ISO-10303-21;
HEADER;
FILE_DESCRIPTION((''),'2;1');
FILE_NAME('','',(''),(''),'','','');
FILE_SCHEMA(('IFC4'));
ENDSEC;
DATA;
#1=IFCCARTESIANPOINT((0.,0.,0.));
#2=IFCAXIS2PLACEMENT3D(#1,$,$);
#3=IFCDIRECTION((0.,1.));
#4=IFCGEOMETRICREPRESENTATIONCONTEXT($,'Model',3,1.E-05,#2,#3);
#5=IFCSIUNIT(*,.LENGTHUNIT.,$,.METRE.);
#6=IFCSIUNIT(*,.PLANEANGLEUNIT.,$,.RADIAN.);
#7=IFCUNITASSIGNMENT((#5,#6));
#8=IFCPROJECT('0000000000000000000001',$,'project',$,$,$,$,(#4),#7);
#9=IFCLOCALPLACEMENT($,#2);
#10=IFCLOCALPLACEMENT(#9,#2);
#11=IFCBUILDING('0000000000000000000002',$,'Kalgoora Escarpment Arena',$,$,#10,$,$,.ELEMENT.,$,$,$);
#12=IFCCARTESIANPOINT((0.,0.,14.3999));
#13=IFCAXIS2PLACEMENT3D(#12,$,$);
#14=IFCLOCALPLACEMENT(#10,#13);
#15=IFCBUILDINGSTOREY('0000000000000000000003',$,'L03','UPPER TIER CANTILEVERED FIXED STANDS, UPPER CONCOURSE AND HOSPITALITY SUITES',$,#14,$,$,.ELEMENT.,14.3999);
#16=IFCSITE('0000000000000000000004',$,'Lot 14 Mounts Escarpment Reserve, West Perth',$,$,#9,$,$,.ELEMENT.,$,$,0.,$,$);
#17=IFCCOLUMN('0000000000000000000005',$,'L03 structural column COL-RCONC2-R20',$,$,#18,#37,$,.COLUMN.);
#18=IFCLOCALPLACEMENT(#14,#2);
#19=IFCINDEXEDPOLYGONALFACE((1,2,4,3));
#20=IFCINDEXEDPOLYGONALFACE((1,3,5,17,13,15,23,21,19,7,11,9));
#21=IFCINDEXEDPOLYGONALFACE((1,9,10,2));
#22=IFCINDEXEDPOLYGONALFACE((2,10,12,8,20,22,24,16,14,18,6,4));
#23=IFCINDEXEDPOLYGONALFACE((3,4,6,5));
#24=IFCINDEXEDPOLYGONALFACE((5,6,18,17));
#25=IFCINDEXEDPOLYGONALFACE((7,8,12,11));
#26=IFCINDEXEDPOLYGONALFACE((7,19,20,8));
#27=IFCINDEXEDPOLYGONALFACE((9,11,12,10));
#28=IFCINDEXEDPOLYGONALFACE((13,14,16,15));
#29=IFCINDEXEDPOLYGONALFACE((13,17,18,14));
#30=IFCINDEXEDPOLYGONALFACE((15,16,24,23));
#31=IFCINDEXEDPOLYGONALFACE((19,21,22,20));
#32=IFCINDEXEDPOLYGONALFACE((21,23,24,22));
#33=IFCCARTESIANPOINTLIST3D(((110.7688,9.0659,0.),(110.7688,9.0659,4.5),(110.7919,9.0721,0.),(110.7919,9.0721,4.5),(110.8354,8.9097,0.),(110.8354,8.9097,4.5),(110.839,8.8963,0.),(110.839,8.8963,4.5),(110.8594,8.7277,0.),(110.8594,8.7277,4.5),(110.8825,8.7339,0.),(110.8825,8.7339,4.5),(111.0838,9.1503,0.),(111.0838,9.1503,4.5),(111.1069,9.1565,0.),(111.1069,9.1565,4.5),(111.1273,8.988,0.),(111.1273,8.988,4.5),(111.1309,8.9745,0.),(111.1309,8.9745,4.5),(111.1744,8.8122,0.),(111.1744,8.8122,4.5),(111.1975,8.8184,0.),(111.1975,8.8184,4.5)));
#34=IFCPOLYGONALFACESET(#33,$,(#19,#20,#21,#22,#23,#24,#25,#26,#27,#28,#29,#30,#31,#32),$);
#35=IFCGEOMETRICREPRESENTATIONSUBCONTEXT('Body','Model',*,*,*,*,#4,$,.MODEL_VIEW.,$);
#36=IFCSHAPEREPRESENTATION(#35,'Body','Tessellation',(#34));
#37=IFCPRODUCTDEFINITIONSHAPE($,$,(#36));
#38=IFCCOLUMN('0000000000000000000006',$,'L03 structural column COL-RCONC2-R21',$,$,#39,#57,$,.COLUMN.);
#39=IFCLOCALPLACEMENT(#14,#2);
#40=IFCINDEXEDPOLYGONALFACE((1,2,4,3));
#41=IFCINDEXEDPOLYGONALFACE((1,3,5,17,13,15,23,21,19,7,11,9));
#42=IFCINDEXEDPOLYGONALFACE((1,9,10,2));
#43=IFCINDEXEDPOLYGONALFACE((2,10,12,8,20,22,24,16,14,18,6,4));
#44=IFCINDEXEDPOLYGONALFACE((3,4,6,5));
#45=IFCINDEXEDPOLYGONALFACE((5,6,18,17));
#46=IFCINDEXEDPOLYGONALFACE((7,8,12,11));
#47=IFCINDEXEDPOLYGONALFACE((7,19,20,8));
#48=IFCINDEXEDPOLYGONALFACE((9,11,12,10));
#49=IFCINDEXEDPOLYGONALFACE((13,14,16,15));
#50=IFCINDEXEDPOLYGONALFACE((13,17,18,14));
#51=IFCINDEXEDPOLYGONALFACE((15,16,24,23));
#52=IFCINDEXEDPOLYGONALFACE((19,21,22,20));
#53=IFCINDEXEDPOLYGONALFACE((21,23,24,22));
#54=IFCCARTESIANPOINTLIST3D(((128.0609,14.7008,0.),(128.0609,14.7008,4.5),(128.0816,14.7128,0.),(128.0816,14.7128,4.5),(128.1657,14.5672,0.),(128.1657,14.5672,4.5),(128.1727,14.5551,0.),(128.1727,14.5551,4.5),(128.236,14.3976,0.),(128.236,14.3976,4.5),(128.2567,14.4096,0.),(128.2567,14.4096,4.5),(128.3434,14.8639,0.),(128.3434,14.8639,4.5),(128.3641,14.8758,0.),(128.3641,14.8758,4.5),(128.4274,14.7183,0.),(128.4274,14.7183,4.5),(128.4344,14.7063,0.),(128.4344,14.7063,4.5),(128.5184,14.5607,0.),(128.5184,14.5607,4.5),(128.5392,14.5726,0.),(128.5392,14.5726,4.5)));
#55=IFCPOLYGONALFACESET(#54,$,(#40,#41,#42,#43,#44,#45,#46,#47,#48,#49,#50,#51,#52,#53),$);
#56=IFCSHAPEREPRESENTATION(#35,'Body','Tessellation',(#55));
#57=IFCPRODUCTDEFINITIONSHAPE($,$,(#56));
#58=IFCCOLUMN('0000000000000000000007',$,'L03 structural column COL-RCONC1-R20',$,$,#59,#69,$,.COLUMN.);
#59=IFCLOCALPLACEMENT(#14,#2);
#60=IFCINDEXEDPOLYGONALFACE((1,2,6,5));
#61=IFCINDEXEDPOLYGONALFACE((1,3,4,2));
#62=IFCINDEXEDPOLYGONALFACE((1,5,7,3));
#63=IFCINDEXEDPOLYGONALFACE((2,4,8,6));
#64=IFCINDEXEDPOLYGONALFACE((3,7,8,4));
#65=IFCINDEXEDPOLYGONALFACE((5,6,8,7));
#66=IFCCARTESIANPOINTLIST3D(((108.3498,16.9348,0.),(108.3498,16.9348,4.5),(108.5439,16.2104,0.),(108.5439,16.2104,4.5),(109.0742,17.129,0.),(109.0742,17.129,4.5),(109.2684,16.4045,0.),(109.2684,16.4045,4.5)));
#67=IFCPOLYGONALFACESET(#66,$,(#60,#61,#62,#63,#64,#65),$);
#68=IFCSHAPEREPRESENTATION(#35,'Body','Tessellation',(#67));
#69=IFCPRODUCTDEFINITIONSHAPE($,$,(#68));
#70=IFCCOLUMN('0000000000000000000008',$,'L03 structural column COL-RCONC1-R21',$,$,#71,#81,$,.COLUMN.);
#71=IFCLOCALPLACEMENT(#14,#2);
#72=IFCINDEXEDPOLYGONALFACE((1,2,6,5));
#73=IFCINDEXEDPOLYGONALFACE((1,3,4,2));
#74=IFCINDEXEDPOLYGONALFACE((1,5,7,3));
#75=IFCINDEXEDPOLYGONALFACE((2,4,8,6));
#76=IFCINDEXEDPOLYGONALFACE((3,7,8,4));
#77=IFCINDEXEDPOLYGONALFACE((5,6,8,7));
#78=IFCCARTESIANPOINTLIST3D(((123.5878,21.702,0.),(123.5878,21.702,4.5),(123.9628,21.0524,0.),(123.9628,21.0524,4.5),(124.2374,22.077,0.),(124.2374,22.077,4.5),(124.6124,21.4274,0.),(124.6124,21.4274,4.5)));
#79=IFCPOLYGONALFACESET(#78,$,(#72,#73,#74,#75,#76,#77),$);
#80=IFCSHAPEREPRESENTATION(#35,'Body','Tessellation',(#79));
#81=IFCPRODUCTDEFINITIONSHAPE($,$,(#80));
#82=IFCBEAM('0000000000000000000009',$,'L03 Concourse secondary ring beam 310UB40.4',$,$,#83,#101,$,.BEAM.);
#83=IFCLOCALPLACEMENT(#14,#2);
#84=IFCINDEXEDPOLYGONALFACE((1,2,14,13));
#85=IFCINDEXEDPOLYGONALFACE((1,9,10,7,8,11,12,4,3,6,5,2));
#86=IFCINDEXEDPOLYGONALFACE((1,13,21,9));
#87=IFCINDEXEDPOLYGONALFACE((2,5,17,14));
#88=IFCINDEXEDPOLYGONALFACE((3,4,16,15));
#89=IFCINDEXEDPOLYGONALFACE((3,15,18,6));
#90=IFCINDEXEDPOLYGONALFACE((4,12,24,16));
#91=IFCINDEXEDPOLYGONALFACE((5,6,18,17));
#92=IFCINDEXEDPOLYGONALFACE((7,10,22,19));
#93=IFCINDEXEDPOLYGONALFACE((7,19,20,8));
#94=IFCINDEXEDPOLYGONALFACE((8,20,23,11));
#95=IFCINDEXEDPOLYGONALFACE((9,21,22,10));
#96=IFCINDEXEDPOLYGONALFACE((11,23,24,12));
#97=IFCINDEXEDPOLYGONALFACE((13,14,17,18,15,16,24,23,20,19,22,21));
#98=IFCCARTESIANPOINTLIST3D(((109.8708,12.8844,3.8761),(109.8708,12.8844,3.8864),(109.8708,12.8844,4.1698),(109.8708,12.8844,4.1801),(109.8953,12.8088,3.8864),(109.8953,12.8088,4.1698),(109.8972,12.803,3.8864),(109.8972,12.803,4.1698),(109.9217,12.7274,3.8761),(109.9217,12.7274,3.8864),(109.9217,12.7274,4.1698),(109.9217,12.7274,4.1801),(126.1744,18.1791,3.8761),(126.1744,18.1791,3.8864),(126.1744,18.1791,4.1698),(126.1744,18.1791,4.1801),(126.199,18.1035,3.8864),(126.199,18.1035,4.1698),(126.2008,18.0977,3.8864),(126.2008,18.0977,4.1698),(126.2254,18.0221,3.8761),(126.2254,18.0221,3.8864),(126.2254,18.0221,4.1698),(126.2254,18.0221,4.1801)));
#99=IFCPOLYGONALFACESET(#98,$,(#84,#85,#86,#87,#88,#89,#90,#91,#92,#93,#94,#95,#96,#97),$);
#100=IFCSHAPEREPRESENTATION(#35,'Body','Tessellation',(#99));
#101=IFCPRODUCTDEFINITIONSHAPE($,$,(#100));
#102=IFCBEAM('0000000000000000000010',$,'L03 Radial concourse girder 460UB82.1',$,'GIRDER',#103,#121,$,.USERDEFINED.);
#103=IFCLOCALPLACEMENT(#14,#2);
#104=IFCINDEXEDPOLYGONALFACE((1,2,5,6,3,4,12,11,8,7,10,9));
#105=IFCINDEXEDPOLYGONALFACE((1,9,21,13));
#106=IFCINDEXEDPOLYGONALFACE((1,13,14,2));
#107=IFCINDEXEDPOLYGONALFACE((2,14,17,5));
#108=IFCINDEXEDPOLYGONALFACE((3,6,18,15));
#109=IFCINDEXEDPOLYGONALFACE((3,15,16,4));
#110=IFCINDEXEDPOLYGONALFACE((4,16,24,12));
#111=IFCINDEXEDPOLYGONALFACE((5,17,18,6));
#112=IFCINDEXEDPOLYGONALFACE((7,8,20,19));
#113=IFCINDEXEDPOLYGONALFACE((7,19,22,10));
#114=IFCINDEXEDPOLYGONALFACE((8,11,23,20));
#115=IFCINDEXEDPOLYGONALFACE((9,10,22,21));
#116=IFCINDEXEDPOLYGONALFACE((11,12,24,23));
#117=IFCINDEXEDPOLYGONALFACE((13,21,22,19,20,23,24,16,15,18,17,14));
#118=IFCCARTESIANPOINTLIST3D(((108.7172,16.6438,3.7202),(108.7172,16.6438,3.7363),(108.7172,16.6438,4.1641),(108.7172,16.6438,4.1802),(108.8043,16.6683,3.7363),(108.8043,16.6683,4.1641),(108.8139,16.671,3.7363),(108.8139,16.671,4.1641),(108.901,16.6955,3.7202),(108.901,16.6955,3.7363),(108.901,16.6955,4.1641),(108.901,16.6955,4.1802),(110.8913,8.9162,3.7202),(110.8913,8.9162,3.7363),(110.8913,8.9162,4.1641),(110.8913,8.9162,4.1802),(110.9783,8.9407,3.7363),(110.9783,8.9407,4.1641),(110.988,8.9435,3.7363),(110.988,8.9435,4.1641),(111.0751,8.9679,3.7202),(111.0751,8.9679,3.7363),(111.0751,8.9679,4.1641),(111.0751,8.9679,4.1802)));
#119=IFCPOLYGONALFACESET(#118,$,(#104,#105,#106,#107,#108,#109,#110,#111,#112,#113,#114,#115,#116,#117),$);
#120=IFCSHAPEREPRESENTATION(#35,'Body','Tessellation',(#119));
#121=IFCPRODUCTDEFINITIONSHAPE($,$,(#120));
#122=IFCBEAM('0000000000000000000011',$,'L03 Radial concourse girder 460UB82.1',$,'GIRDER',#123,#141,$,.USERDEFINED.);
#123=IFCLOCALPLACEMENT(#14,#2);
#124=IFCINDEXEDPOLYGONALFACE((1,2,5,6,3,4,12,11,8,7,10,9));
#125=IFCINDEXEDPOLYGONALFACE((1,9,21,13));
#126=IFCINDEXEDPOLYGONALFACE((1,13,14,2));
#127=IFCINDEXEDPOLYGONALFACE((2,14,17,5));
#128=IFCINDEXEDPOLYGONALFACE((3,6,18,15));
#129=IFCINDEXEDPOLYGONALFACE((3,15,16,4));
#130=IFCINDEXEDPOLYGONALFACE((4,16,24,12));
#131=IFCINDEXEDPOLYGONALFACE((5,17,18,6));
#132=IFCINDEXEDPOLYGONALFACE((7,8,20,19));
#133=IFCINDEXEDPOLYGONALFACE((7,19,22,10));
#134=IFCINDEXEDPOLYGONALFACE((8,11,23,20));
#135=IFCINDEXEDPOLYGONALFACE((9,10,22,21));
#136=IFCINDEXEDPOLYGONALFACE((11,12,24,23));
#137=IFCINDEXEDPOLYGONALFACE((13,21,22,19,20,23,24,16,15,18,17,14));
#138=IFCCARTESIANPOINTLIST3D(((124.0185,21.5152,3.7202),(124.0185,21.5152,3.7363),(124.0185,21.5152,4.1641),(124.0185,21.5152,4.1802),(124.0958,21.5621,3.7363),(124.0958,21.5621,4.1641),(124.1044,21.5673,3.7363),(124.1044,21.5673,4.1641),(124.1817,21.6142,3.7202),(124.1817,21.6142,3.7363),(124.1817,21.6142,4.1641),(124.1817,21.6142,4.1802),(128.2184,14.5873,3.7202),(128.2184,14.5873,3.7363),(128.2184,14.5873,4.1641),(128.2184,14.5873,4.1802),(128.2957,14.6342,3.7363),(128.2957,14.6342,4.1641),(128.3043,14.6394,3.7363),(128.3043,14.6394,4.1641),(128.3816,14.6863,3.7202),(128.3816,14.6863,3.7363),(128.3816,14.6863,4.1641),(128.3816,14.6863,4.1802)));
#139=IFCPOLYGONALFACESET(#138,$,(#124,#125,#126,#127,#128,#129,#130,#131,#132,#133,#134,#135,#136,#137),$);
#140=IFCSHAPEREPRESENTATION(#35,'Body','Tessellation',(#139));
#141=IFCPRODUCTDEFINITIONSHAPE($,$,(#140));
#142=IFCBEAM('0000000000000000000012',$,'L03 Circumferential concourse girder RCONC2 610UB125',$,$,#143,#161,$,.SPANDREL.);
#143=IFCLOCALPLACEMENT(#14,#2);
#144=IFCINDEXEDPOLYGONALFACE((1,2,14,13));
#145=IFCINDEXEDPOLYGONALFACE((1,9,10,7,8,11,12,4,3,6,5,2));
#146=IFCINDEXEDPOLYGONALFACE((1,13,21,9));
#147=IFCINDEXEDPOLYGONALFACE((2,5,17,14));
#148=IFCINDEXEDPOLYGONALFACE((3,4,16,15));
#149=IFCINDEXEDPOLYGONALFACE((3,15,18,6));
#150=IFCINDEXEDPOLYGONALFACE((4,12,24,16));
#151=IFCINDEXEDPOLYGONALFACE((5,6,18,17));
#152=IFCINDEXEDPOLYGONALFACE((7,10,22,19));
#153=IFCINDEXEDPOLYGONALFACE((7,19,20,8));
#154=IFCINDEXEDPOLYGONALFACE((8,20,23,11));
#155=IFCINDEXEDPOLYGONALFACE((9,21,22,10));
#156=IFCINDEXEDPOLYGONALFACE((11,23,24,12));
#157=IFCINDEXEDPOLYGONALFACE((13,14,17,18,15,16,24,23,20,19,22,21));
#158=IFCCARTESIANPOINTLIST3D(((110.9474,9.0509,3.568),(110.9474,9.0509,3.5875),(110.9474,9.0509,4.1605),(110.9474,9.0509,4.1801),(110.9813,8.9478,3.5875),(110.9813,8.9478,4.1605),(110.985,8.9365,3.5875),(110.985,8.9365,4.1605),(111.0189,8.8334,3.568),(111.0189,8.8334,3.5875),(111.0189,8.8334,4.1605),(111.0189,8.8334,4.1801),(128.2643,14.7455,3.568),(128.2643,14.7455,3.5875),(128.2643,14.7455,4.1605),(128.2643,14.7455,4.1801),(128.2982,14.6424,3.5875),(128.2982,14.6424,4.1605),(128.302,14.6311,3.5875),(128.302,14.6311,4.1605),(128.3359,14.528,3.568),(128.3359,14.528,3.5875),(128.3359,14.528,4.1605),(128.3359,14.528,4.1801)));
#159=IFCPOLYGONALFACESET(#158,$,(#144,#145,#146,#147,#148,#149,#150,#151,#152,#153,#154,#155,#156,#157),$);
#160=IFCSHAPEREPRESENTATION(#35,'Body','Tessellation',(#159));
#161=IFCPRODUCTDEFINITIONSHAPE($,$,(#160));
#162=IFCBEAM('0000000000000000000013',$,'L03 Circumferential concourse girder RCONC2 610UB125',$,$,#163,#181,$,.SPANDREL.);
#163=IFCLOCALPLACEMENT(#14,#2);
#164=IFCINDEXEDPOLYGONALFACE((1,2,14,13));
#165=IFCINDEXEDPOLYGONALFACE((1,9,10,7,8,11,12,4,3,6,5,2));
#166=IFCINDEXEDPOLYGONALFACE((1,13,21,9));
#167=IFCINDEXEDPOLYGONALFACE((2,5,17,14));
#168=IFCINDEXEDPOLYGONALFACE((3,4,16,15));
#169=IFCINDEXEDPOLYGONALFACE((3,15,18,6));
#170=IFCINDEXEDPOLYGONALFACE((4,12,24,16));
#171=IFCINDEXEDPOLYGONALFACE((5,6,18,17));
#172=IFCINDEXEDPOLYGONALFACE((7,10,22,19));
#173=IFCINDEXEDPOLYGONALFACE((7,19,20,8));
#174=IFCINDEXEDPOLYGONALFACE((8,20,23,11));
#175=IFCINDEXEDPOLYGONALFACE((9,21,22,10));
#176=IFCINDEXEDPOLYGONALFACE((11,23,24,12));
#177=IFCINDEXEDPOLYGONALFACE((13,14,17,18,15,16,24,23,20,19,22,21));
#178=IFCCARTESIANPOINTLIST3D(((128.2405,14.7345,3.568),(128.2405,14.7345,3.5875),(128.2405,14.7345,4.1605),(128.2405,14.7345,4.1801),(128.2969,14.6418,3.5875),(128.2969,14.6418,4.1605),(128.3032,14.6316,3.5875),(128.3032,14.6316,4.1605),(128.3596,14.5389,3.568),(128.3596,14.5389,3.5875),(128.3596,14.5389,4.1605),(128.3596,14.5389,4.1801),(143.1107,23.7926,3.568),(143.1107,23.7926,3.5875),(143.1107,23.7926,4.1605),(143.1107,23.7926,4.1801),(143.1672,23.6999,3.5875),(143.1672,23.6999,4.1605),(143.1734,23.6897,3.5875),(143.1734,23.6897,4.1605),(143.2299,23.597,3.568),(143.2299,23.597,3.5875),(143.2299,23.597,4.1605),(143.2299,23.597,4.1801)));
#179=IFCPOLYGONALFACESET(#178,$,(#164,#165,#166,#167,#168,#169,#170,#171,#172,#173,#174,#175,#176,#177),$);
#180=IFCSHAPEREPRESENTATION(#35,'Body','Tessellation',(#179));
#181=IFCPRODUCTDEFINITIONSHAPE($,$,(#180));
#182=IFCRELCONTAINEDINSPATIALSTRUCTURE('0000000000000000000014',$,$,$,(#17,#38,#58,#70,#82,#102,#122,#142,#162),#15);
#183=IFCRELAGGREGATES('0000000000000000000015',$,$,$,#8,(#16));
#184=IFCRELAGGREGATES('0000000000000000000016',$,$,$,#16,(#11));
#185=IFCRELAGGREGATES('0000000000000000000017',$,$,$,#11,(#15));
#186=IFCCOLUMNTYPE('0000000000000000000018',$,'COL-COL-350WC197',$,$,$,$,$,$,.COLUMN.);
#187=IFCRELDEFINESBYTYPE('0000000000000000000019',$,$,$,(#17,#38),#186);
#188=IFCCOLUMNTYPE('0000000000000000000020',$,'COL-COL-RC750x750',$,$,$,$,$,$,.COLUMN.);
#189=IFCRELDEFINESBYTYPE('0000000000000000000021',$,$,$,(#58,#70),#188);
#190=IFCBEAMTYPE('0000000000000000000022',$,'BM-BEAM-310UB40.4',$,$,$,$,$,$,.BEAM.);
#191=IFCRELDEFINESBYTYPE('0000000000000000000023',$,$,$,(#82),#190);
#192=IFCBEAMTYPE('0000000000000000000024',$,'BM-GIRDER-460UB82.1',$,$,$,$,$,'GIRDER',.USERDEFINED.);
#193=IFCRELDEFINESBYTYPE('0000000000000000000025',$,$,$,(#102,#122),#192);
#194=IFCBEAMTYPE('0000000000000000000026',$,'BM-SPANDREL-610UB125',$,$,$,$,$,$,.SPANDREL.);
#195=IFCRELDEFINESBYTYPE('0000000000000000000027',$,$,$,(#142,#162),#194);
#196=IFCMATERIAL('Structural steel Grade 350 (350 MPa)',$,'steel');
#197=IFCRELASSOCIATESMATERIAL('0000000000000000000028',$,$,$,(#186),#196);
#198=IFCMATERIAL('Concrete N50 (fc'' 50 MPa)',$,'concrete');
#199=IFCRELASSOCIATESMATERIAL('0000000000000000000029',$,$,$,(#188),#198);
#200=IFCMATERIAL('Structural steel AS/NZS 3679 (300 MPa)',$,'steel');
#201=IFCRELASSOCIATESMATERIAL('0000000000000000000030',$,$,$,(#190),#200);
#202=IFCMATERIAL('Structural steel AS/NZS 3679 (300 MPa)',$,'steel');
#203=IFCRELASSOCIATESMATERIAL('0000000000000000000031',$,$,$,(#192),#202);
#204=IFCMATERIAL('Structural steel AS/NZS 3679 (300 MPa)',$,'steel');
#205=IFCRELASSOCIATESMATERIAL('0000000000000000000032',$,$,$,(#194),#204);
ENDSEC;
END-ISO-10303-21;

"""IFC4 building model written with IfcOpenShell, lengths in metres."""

from ifc_helpers import new_model, si_unit, direction, frame, origin, origin_2d, place, context, subcontext, project, spatial, rectangle, i_section, extrude, material, material_profile, profile_set, type_object, element, save


model = new_model("IFC4")

# Units and contexts
model_context = context("Model", 3, precision=1e-05, world=origin(), true_north=direction((0.0, 1.0)))
body_context = subcontext(model_context, "Body", "Model", "MODEL_VIEW")
ifc_project = project(units=[si_unit("LENGTHUNIT", "METRE"), si_unit("PLANEANGLEUNIT", "RADIAN")], contexts=[model_context])

# Site, building, storey
site_placement = place(None, origin())
site = spatial("IfcSite", under=ifc_project, at=site_placement, Name="Lot 14 Mounts Escarpment Reserve, West Perth", CompositionType="ELEMENT", RefElevation=0.0)
building_placement = place(site_placement, origin())
building = spatial("IfcBuilding", under=site, at=building_placement, Name="Kalgoora Escarpment Arena", CompositionType="ELEMENT")
storey_placement = place(building_placement, frame((0.0, 0.0, 14.3999)))
storey = spatial("IfcBuildingStorey", under=building, at=storey_placement, Name="L03", Description="UPPER TIER CANTILEVERED FIXED STANDS, UPPER CONCOURSE AND HOSPITALITY SUITES", CompositionType="ELEMENT", Elevation=14.3999)

# Columns
ifc_material_1 = material(Name="Structural steel Grade 350 (350 MPa)", Category="steel")
ifc_material_profile_1 = material_profile(ifc_material_1, i_section(OverallWidth=0.3501, OverallDepth=0.3501, WebThickness=0.0139, FlangeThickness=0.0239, at=origin_2d()))
ifc_profile_set_1 = profile_set([ifc_material_profile_1], Name="Structural steel Grade 350 (350 MPa)")
column_type_1 = type_object("IfcColumnType", Name="COL-COL-350WC197", PredefinedType="COLUMN", material=ifc_profile_set_1)
for number, where, z_axis, x_axis, name in (
    (1, (110.9832, 8.9421, 0.0), (0.0, 0.0, 1.0), (0.258819, -0.965926, 0.0), "L03 structural column COL-RCONC2-R20"),
    (2, (128.3, 14.6367, 0.0), (0.0, 0.0, 1.0), (0.5, -0.866025, 0.0), "L03 structural column COL-RCONC2-R21"),
):
    element("IfcColumn", number, at=place(storey_placement, frame(where, z_axis=z_axis, x_axis=x_axis)), inside=storey, type_object=column_type_1, Name=name, PredefinedType="COLUMN", context=body_context, shape_type="SweptSolid", body=[
        extrude(i_section(OverallWidth=0.3501, OverallDepth=0.3501, WebThickness=0.0139, FlangeThickness=0.0239, at=origin_2d()), origin(), (0.0, 0.0, 1.0), 4.5),
    ])
ifc_material_2 = material(Name="Concrete N50 (fc' 50 MPa)", Category="concrete")
ifc_material_profile_2 = material_profile(ifc_material_2, rectangle(XDim=0.75, YDim=0.75, at=origin_2d()))
ifc_profile_set_2 = profile_set([ifc_material_profile_2], Name="Concrete N50 (fc' 50 MPa)")
column_type_2 = type_object("IfcColumnType", Name="COL-COL-RC750x750", PredefinedType="COLUMN", material=ifc_profile_set_2)
for number, where, z_axis, x_axis, name in (
    (3, (108.8091, 16.6697, 0.0), (0.0, 0.0, 1.0), (0.258819, -0.965926, 0.0), "L03 structural column COL-RCONC1-R20"),
    (4, (124.1001, 21.5647, 0.0), (0.0, 0.0, 1.0), (0.5, -0.866025, 0.0), "L03 structural column COL-RCONC1-R21"),
):
    element("IfcColumn", number, at=place(storey_placement, frame(where, z_axis=z_axis, x_axis=x_axis)), inside=storey, type_object=column_type_2, Name=name, PredefinedType="COLUMN", context=body_context, shape_type="SweptSolid", body=[
        extrude(rectangle(XDim=0.75, YDim=0.75, at=origin_2d()), origin(), (0.0, 0.0, 1.0), 4.5),
    ])

# Beams
ifc_material_3 = material(Name="Structural steel AS/NZS 3679 (300 MPa)", Category="steel")
ifc_material_profile_3 = material_profile(ifc_material_3, i_section(OverallWidth=0.165, OverallDepth=0.304, WebThickness=0.0061, FlangeThickness=0.0103, at=origin_2d()))
ifc_profile_set_3 = profile_set([ifc_material_profile_3], Name="Structural steel AS/NZS 3679 (300 MPa)")
beam_type_1 = type_object("IfcBeamType", Name="BM-BEAM-310UB40.4", PredefinedType="BEAM", material=ifc_profile_set_3)
beam_1_placement = place(storey_placement, frame((109.8962, 12.8059, 4.0281), z_axis=(0.951103, 0.308874, 0.0), x_axis=(-0.308874, 0.951103, 0.0)))
element("IfcBeam", 5, at=beam_1_placement, inside=storey, type_object=beam_type_1, Name="L03 Concourse secondary ring beam 310UB40.4", PredefinedType="BEAM", context=body_context, shape_type="SweptSolid", body=[
    extrude(i_section(OverallWidth=0.165, OverallDepth=0.304, WebThickness=0.0061, FlangeThickness=0.0103, at=origin_2d()), origin(), (0.0, 0.0, 1.0), 17.1418),
])
ifc_material_4 = material(Name="Structural steel AS/NZS 3679 (300 MPa)", Category="steel")
ifc_material_profile_4 = material_profile(ifc_material_4, i_section(OverallWidth=0.1909, OverallDepth=0.46, WebThickness=0.01, FlangeThickness=0.0161, at=origin_2d()))
ifc_profile_set_4 = profile_set([ifc_material_profile_4], Name="Structural steel AS/NZS 3679 (300 MPa)")
beam_type_2 = type_object("IfcBeamType", Name="BM-GIRDER-460UB82.1", ElementType="GIRDER", PredefinedType="USERDEFINED", material=ifc_profile_set_4)
beam_2_placement = place(storey_placement, frame((108.8091, 16.6697, 3.9502), z_axis=(0.270827, -0.962628, 0.0), x_axis=(0.962628, 0.270827, 0.0)))
element("IfcBeam", 6, at=beam_2_placement, inside=storey, type_object=beam_type_2, Name="L03 Radial concourse girder 460UB82.1", ObjectType="GIRDER", PredefinedType="USERDEFINED", context=body_context, shape_type="SweptSolid", body=[
    extrude(i_section(OverallWidth=0.1909, OverallDepth=0.46, WebThickness=0.01, FlangeThickness=0.0161, at=origin_2d()), origin(), (0.0, 0.0, 1.0), 8.0276),
])
beam_3_placement = place(storey_placement, frame((124.1001, 21.5647, 3.9502), z_axis=(0.518408, -0.855133, 0.0), x_axis=(0.855133, 0.518408, 0.0)))
element("IfcBeam", 7, at=beam_3_placement, inside=storey, type_object=beam_type_2, Name="L03 Radial concourse girder 460UB82.1", ObjectType="GIRDER", PredefinedType="USERDEFINED", context=body_context, shape_type="SweptSolid", body=[
    extrude(i_section(OverallWidth=0.1909, OverallDepth=0.46, WebThickness=0.01, FlangeThickness=0.0161, at=origin_2d()), origin(), (0.0, 0.0, 1.0), 8.1016),
])
ifc_material_5 = material(Name="Structural steel AS/NZS 3679 (300 MPa)", Category="steel")
ifc_material_profile_5 = material_profile(ifc_material_5, i_section(OverallWidth=0.229, OverallDepth=0.6121, WebThickness=0.012, FlangeThickness=0.0195, at=origin_2d()))
ifc_profile_set_5 = profile_set([ifc_material_profile_5], Name="Structural steel AS/NZS 3679 (300 MPa)")
beam_type_3 = type_object("IfcBeamType", Name="BM-SPANDREL-610UB125", PredefinedType="SPANDREL", material=ifc_profile_set_5)
beam_4_placement = place(storey_placement, frame((110.9832, 8.9421, 3.874), z_axis=(0.949955, 0.312388, 0.0), x_axis=(-0.312388, 0.949955, 0.0)))
element("IfcBeam", 8, at=beam_4_placement, inside=storey, type_object=beam_type_3, Name="L03 Circumferential concourse girder RCONC2 610UB125", PredefinedType="SPANDREL", context=body_context, shape_type="SweptSolid", body=[
    extrude(i_section(OverallWidth=0.229, OverallDepth=0.6121, WebThickness=0.012, FlangeThickness=0.0195, at=origin_2d()), origin(), (0.0, 0.0, 1.0), 18.2292),
])
beam_5_placement = place(storey_placement, frame((128.3, 14.6367, 3.874), z_axis=(0.854031, 0.520223, 0.0), x_axis=(-0.520223, 0.854031, 0.0)))
element("IfcBeam", 9, at=beam_5_placement, inside=storey, type_object=beam_type_3, Name="L03 Circumferential concourse girder RCONC2 610UB125", PredefinedType="SPANDREL", context=body_context, shape_type="SweptSolid", body=[
    extrude(i_section(OverallWidth=0.229, OverallDepth=0.6121, WebThickness=0.012, FlangeThickness=0.0195, at=origin_2d()), origin(), (0.0, 0.0, 1.0), 17.4119),
])

save(model, "model.ifc")
